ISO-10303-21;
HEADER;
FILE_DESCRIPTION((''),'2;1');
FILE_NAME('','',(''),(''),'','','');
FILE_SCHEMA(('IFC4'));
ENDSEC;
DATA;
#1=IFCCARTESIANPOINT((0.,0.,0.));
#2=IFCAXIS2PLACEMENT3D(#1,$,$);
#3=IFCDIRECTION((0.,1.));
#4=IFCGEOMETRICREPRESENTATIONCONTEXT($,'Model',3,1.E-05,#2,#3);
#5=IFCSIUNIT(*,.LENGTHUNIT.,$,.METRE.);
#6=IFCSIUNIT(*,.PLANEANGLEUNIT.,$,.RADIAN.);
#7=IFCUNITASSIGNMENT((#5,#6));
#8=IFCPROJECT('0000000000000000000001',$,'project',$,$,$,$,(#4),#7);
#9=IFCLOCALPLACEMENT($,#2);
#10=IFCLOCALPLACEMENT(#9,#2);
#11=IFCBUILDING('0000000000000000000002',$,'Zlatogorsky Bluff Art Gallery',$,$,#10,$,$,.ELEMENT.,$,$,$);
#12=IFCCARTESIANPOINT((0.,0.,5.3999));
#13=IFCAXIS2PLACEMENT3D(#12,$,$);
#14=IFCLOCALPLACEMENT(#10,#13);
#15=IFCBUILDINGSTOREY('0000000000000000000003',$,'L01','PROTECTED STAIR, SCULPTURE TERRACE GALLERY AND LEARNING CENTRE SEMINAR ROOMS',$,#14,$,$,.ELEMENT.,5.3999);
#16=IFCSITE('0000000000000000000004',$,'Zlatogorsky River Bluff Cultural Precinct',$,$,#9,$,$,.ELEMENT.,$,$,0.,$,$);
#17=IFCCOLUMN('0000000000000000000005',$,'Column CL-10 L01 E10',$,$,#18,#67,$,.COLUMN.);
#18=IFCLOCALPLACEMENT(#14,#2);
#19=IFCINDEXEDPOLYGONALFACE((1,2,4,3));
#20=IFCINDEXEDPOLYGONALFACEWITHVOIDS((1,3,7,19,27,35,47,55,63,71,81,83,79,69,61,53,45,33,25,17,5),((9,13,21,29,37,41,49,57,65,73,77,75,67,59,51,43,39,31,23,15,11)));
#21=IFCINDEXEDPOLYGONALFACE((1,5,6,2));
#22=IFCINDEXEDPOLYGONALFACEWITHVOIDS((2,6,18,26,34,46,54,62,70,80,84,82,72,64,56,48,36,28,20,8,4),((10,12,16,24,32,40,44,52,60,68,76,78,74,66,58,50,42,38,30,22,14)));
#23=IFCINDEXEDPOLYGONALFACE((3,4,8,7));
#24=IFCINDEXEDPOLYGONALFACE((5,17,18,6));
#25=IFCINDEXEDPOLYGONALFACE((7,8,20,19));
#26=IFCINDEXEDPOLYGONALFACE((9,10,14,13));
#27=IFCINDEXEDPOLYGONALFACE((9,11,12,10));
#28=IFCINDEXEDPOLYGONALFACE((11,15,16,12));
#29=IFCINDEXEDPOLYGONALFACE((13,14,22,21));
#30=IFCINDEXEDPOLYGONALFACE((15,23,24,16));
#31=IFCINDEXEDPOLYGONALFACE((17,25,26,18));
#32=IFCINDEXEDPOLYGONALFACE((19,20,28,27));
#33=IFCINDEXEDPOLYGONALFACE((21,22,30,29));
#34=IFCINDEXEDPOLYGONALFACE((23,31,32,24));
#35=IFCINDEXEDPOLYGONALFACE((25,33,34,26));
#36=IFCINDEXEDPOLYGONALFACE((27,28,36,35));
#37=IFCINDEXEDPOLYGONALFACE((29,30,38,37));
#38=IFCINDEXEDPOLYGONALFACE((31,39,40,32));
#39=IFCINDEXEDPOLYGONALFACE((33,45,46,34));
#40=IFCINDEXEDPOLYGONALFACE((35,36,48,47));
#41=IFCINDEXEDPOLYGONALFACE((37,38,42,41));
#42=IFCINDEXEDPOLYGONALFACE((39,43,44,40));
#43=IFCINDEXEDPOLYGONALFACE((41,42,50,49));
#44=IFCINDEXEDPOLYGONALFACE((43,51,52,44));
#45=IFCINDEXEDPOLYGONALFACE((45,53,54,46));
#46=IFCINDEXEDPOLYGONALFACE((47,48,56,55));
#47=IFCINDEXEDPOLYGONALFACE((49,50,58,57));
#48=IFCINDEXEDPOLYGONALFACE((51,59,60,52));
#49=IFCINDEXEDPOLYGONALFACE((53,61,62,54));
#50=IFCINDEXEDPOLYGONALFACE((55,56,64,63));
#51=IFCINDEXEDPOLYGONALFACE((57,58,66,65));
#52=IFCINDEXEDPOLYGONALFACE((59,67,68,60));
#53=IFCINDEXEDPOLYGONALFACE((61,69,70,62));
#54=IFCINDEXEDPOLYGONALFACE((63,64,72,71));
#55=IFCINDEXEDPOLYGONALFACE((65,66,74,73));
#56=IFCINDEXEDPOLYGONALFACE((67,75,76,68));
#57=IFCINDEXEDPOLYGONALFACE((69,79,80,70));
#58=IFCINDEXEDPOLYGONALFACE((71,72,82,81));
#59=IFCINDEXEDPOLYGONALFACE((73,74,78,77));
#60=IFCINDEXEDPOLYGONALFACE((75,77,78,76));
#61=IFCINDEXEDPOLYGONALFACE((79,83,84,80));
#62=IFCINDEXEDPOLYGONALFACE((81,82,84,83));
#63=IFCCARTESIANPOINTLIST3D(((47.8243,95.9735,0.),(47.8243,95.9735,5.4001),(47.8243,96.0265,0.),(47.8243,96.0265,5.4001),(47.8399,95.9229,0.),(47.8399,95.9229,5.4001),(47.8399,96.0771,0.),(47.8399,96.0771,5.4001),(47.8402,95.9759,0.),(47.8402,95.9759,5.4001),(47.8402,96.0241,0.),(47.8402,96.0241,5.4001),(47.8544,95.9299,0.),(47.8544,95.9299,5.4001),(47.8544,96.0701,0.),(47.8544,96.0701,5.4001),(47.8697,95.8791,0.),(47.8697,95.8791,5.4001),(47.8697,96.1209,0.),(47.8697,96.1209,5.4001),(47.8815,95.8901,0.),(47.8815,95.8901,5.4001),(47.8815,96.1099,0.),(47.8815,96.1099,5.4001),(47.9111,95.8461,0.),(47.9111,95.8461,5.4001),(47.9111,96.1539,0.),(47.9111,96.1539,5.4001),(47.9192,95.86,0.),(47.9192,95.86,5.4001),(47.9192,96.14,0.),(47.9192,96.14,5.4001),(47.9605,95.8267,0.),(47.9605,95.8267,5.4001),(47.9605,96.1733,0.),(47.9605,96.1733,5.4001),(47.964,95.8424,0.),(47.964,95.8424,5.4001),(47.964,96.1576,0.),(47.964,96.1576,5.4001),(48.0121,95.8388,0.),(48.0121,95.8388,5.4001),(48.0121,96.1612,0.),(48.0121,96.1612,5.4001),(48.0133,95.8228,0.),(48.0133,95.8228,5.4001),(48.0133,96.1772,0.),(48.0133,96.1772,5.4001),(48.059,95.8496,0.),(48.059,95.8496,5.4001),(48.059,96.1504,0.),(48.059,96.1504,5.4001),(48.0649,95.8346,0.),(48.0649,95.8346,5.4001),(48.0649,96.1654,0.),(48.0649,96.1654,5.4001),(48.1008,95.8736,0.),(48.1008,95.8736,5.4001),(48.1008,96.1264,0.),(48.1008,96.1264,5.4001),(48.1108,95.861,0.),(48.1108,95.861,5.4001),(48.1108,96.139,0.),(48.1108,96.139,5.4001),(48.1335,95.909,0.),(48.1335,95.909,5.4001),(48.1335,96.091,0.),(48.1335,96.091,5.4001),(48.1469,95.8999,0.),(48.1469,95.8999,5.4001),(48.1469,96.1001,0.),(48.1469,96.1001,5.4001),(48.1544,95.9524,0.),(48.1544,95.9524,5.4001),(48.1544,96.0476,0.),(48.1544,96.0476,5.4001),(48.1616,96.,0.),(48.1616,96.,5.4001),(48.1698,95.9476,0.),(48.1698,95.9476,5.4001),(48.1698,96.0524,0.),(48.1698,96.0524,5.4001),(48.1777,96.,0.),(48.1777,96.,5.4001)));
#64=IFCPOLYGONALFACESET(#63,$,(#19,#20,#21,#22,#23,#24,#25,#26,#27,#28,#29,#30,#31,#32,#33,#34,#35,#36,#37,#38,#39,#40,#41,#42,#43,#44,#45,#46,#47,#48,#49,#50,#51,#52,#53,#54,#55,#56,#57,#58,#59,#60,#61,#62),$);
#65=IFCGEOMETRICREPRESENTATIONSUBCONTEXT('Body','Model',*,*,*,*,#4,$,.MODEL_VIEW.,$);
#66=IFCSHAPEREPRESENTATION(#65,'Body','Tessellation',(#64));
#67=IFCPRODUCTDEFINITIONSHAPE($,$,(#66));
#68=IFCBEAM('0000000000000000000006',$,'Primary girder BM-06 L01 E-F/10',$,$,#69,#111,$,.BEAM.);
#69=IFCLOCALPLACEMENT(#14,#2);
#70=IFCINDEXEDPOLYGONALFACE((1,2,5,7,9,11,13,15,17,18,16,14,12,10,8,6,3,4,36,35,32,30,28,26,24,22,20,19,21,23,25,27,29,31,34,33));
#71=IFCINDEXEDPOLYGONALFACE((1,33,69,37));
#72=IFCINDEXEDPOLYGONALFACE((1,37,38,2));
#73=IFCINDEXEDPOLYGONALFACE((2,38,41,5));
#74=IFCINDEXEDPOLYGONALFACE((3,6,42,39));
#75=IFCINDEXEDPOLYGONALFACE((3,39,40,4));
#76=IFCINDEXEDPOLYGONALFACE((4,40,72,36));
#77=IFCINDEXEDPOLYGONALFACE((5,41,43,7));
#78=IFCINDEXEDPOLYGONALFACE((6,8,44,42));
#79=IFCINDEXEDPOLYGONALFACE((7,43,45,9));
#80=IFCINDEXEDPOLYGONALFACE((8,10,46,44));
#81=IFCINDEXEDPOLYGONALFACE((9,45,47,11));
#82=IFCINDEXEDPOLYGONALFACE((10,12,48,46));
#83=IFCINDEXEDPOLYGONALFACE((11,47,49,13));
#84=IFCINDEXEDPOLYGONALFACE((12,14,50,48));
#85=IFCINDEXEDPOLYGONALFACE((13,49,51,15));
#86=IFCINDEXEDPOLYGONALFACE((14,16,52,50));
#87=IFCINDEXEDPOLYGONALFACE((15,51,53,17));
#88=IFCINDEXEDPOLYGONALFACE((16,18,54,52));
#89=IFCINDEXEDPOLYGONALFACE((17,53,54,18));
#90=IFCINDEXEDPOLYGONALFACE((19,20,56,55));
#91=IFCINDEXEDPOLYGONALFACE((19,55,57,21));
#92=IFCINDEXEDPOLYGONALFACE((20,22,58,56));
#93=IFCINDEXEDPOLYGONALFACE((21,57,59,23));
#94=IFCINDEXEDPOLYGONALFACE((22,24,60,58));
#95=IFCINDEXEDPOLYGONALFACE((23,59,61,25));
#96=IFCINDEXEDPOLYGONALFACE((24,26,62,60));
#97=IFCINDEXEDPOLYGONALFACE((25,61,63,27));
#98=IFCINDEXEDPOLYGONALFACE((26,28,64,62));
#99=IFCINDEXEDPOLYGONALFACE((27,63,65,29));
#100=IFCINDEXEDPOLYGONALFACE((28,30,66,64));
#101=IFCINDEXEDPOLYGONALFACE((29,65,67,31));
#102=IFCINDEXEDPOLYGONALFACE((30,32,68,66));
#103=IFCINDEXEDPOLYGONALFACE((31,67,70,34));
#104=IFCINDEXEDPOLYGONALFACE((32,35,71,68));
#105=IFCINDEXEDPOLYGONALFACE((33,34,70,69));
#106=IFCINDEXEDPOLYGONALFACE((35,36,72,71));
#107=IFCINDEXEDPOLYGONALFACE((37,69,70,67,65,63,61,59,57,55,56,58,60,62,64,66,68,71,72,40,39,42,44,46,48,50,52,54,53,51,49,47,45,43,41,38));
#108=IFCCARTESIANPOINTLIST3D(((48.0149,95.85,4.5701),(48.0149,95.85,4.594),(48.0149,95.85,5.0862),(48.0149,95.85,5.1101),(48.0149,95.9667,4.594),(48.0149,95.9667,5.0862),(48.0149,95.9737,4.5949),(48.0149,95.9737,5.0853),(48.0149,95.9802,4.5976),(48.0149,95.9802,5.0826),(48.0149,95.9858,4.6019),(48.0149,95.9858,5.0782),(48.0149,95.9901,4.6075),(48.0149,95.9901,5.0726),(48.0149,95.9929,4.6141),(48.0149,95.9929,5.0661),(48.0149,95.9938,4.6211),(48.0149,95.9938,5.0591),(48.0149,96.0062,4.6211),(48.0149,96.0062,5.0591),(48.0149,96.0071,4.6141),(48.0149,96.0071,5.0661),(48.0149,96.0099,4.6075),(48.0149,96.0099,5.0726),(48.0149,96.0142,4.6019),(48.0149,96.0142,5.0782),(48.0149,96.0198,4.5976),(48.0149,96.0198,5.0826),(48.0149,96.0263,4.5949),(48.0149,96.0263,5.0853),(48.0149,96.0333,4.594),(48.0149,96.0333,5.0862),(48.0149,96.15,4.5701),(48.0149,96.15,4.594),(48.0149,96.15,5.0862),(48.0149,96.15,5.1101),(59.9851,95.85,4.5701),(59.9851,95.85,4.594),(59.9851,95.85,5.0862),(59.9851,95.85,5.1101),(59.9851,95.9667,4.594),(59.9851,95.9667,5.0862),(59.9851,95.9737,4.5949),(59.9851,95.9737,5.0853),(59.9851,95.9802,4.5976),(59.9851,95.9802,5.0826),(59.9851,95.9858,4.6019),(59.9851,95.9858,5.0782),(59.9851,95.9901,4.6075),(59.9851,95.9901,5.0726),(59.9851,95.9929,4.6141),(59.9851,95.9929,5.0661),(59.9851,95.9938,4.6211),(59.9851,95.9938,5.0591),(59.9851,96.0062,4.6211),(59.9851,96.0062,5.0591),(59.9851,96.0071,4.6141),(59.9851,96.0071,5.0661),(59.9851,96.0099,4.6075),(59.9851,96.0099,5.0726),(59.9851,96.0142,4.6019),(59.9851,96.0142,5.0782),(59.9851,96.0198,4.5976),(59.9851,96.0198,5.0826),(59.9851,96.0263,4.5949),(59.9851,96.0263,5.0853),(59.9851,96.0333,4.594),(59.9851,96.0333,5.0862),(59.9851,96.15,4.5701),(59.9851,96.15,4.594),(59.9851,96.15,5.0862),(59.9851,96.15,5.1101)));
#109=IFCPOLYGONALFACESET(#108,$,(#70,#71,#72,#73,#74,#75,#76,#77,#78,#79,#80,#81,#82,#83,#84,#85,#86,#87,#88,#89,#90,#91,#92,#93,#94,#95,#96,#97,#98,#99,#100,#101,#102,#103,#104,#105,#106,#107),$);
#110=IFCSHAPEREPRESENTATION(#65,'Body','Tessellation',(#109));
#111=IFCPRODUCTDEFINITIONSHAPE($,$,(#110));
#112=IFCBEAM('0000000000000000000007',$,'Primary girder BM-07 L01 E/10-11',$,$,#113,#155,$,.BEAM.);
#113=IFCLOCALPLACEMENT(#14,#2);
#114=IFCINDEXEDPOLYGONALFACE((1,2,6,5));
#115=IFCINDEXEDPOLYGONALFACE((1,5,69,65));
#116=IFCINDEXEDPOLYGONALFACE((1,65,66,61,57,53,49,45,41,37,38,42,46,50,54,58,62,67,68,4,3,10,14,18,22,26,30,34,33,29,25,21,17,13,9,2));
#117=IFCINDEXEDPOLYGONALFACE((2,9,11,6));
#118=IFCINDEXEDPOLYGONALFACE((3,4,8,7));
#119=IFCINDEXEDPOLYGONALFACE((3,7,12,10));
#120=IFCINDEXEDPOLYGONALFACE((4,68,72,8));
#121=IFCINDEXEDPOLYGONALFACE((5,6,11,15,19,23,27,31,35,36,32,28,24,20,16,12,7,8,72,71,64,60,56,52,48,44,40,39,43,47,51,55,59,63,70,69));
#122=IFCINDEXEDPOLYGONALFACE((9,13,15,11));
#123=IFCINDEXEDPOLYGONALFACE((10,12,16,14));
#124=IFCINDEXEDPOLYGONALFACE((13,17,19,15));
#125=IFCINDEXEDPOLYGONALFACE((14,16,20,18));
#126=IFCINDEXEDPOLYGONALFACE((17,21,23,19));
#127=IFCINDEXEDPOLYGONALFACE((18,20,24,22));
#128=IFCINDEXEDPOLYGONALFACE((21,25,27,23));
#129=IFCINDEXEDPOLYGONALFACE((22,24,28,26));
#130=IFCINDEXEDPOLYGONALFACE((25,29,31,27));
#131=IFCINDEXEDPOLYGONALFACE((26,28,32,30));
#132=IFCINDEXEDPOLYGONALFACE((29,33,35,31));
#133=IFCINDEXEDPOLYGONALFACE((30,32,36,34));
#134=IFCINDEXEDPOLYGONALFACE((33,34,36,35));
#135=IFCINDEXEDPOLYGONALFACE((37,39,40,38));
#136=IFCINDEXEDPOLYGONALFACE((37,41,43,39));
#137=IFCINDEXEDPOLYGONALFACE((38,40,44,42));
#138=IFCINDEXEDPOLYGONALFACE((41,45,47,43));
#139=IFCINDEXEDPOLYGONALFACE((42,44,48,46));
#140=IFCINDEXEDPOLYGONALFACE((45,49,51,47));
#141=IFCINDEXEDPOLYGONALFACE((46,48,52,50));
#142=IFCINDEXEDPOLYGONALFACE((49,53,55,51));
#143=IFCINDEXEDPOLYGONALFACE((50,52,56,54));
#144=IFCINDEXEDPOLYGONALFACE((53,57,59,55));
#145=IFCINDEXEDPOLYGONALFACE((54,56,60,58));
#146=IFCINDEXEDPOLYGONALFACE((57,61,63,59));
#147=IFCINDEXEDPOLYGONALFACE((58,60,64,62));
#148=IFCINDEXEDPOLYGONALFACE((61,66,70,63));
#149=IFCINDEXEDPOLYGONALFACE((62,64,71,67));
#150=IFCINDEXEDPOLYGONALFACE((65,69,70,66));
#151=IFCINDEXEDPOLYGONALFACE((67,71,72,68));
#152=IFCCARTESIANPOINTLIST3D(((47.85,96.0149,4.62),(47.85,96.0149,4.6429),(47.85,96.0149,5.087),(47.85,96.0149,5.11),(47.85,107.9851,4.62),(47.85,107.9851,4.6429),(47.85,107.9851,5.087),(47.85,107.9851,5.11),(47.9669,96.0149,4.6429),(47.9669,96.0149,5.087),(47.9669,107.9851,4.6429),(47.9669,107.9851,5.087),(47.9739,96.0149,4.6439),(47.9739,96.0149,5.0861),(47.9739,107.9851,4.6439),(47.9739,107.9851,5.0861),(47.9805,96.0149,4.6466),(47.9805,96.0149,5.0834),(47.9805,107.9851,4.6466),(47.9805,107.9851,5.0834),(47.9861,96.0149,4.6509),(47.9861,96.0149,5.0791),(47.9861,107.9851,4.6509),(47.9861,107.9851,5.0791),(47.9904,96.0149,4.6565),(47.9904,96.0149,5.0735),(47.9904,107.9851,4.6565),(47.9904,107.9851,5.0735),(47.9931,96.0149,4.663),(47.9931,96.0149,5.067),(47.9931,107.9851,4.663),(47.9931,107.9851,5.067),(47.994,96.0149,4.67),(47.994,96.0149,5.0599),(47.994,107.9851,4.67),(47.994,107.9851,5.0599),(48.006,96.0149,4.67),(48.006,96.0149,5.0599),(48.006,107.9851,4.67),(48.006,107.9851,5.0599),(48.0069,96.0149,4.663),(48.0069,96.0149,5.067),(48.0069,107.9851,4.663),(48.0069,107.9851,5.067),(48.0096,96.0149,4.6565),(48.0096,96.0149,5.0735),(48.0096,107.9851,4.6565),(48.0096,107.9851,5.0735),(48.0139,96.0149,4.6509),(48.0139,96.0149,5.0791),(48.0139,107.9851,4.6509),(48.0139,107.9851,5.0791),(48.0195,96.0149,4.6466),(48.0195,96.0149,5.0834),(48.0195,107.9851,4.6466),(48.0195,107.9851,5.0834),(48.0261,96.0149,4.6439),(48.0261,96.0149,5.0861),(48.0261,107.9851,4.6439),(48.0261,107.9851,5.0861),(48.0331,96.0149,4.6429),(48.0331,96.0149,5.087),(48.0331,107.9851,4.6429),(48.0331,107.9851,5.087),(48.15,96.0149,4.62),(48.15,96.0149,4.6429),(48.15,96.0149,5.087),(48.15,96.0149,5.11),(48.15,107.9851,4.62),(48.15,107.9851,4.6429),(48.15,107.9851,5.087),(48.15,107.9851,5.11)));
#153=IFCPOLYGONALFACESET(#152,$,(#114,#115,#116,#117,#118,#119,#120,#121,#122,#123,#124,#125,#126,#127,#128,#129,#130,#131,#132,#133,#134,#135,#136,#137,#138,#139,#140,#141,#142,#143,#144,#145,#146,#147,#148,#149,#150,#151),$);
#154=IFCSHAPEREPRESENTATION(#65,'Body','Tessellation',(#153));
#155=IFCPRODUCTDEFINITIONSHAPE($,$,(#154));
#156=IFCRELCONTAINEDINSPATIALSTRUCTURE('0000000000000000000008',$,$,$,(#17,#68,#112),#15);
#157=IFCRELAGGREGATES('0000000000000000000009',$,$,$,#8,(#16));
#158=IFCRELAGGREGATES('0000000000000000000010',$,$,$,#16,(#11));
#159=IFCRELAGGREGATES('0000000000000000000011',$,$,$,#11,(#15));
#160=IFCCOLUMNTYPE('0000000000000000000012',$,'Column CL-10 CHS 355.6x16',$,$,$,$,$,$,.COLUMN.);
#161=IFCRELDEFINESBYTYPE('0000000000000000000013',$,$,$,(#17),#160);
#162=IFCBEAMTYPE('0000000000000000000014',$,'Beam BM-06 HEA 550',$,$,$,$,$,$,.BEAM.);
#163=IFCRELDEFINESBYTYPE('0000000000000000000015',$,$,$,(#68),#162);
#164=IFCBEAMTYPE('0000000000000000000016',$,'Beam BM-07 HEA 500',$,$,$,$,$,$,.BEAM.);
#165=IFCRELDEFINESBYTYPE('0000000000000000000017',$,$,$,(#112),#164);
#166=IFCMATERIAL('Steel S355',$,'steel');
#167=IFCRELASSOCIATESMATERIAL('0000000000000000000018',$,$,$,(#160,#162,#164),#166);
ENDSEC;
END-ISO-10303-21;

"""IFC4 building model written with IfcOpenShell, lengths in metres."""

from ifc_helpers import new_model, si_unit, direction, frame, origin, origin_2d, place, context, subcontext, project, spatial, hollow_circle, i_section, extrude, material, material_profile, profile_set, type_object, element, save


model = new_model("IFC4")

# Units and contexts
model_context = context("Model", 3, precision=1e-05, world=origin(), true_north=direction((0.0, 1.0)))
body_context = subcontext(model_context, "Body", "Model", "MODEL_VIEW")
ifc_project = project(units=[si_unit("LENGTHUNIT", "METRE"), si_unit("PLANEANGLEUNIT", "RADIAN")], contexts=[model_context])

# Site, building, storey
site_placement = place(None, origin())
site = spatial("IfcSite", under=ifc_project, at=site_placement, Name="Zlatogorsky River Bluff Cultural Precinct", CompositionType="ELEMENT", RefElevation=0.0)
building_placement = place(site_placement, origin())
building = spatial("IfcBuilding", under=site, at=building_placement, Name="Zlatogorsky Bluff Art Gallery", CompositionType="ELEMENT")
storey_placement = place(building_placement, frame((0.0, 0.0, 5.3999)))
storey = spatial("IfcBuildingStorey", under=building, at=storey_placement, Name="L01", Description="PROTECTED STAIR, SCULPTURE TERRACE GALLERY AND LEARNING CENTRE SEMINAR ROOMS", CompositionType="ELEMENT", Elevation=5.3999)

# Column
ifc_material_1 = material(Name="Steel S355", Category="steel")
ifc_material_profile_1 = material_profile(ifc_material_1, hollow_circle(Radius=0.1777, WallThickness=0.0161, at=origin_2d()), Name="CHS 355.6x16")
ifc_profile_set_1 = profile_set([ifc_material_profile_1], Name="Steel S355")
column_type = type_object("IfcColumnType", Name="Column CL-10 CHS 355.6x16", PredefinedType="COLUMN", material=ifc_profile_set_1)
column_placement = place(storey_placement, frame((48.0, 96.0, 0.0), z_axis=(0.0, 0.0, 1.0), x_axis=(1.0, 0.0, 0.0)))
element("IfcColumn", 1, at=column_placement, inside=storey, type_object=column_type, Name="Column CL-10 L01 E10", PredefinedType="COLUMN", context=body_context, shape_type="SweptSolid", body=[
    extrude(hollow_circle(Radius=0.1777, WallThickness=0.0161, at=origin_2d()), origin(), (0.0, 0.0, 1.0), 5.4001),
])

# Beams
ifc_material_profile_2 = material_profile(ifc_material_1, i_section(OverallWidth=0.3, OverallDepth=0.54, WebThickness=0.0125, FlangeThickness=0.0239, FilletRadius=0.0271, at=origin_2d()), Name="HEA 550")
ifc_profile_set_2 = profile_set([ifc_material_profile_2], Name="Steel S355")
beam_type_1 = type_object("IfcBeamType", Name="Beam BM-06 HEA 550", PredefinedType="BEAM", material=ifc_profile_set_2)
beam_1_placement = place(storey_placement, frame((48.0149, 96.0, 4.8401), z_axis=(1.0, 0.0, 0.0), x_axis=(0.0, 1.0, 0.0)))
element("IfcBeam", 2, at=beam_1_placement, inside=storey, type_object=beam_type_1, Name="Primary girder BM-06 L01 E-F/10", PredefinedType="BEAM", context=body_context, shape_type="SweptSolid", body=[
    extrude(i_section(OverallWidth=0.3, OverallDepth=0.54, WebThickness=0.0125, FlangeThickness=0.0239, FilletRadius=0.0271, at=origin_2d()), origin(), (0.0, 0.0, 1.0), 11.9702),
])
ifc_material_profile_3 = material_profile(ifc_material_1, i_section(OverallWidth=0.3, OverallDepth=0.49, WebThickness=0.012, FlangeThickness=0.0229, FilletRadius=0.0271, at=origin_2d()), Name="HEA 500")
ifc_profile_set_3 = profile_set([ifc_material_profile_3], Name="Steel S355")
beam_type_2 = type_object("IfcBeamType", Name="Beam BM-07 HEA 500", PredefinedType="BEAM", material=ifc_profile_set_3)
beam_2_placement = place(storey_placement, frame((48.0, 96.0149, 4.865), z_axis=(0.0, 1.0, 0.0), x_axis=(-1.0, 0.0, 0.0)))
element("IfcBeam", 3, at=beam_2_placement, inside=storey, type_object=beam_type_2, Name="Primary girder BM-07 L01 E/10-11", PredefinedType="BEAM", context=body_context, shape_type="SweptSolid", body=[
    extrude(i_section(OverallWidth=0.3, OverallDepth=0.49, WebThickness=0.012, FlangeThickness=0.0229, FilletRadius=0.0271, at=origin_2d()), origin(), (0.0, 0.0, 1.0), 11.9702),
])

save(model, "model.ifc")
